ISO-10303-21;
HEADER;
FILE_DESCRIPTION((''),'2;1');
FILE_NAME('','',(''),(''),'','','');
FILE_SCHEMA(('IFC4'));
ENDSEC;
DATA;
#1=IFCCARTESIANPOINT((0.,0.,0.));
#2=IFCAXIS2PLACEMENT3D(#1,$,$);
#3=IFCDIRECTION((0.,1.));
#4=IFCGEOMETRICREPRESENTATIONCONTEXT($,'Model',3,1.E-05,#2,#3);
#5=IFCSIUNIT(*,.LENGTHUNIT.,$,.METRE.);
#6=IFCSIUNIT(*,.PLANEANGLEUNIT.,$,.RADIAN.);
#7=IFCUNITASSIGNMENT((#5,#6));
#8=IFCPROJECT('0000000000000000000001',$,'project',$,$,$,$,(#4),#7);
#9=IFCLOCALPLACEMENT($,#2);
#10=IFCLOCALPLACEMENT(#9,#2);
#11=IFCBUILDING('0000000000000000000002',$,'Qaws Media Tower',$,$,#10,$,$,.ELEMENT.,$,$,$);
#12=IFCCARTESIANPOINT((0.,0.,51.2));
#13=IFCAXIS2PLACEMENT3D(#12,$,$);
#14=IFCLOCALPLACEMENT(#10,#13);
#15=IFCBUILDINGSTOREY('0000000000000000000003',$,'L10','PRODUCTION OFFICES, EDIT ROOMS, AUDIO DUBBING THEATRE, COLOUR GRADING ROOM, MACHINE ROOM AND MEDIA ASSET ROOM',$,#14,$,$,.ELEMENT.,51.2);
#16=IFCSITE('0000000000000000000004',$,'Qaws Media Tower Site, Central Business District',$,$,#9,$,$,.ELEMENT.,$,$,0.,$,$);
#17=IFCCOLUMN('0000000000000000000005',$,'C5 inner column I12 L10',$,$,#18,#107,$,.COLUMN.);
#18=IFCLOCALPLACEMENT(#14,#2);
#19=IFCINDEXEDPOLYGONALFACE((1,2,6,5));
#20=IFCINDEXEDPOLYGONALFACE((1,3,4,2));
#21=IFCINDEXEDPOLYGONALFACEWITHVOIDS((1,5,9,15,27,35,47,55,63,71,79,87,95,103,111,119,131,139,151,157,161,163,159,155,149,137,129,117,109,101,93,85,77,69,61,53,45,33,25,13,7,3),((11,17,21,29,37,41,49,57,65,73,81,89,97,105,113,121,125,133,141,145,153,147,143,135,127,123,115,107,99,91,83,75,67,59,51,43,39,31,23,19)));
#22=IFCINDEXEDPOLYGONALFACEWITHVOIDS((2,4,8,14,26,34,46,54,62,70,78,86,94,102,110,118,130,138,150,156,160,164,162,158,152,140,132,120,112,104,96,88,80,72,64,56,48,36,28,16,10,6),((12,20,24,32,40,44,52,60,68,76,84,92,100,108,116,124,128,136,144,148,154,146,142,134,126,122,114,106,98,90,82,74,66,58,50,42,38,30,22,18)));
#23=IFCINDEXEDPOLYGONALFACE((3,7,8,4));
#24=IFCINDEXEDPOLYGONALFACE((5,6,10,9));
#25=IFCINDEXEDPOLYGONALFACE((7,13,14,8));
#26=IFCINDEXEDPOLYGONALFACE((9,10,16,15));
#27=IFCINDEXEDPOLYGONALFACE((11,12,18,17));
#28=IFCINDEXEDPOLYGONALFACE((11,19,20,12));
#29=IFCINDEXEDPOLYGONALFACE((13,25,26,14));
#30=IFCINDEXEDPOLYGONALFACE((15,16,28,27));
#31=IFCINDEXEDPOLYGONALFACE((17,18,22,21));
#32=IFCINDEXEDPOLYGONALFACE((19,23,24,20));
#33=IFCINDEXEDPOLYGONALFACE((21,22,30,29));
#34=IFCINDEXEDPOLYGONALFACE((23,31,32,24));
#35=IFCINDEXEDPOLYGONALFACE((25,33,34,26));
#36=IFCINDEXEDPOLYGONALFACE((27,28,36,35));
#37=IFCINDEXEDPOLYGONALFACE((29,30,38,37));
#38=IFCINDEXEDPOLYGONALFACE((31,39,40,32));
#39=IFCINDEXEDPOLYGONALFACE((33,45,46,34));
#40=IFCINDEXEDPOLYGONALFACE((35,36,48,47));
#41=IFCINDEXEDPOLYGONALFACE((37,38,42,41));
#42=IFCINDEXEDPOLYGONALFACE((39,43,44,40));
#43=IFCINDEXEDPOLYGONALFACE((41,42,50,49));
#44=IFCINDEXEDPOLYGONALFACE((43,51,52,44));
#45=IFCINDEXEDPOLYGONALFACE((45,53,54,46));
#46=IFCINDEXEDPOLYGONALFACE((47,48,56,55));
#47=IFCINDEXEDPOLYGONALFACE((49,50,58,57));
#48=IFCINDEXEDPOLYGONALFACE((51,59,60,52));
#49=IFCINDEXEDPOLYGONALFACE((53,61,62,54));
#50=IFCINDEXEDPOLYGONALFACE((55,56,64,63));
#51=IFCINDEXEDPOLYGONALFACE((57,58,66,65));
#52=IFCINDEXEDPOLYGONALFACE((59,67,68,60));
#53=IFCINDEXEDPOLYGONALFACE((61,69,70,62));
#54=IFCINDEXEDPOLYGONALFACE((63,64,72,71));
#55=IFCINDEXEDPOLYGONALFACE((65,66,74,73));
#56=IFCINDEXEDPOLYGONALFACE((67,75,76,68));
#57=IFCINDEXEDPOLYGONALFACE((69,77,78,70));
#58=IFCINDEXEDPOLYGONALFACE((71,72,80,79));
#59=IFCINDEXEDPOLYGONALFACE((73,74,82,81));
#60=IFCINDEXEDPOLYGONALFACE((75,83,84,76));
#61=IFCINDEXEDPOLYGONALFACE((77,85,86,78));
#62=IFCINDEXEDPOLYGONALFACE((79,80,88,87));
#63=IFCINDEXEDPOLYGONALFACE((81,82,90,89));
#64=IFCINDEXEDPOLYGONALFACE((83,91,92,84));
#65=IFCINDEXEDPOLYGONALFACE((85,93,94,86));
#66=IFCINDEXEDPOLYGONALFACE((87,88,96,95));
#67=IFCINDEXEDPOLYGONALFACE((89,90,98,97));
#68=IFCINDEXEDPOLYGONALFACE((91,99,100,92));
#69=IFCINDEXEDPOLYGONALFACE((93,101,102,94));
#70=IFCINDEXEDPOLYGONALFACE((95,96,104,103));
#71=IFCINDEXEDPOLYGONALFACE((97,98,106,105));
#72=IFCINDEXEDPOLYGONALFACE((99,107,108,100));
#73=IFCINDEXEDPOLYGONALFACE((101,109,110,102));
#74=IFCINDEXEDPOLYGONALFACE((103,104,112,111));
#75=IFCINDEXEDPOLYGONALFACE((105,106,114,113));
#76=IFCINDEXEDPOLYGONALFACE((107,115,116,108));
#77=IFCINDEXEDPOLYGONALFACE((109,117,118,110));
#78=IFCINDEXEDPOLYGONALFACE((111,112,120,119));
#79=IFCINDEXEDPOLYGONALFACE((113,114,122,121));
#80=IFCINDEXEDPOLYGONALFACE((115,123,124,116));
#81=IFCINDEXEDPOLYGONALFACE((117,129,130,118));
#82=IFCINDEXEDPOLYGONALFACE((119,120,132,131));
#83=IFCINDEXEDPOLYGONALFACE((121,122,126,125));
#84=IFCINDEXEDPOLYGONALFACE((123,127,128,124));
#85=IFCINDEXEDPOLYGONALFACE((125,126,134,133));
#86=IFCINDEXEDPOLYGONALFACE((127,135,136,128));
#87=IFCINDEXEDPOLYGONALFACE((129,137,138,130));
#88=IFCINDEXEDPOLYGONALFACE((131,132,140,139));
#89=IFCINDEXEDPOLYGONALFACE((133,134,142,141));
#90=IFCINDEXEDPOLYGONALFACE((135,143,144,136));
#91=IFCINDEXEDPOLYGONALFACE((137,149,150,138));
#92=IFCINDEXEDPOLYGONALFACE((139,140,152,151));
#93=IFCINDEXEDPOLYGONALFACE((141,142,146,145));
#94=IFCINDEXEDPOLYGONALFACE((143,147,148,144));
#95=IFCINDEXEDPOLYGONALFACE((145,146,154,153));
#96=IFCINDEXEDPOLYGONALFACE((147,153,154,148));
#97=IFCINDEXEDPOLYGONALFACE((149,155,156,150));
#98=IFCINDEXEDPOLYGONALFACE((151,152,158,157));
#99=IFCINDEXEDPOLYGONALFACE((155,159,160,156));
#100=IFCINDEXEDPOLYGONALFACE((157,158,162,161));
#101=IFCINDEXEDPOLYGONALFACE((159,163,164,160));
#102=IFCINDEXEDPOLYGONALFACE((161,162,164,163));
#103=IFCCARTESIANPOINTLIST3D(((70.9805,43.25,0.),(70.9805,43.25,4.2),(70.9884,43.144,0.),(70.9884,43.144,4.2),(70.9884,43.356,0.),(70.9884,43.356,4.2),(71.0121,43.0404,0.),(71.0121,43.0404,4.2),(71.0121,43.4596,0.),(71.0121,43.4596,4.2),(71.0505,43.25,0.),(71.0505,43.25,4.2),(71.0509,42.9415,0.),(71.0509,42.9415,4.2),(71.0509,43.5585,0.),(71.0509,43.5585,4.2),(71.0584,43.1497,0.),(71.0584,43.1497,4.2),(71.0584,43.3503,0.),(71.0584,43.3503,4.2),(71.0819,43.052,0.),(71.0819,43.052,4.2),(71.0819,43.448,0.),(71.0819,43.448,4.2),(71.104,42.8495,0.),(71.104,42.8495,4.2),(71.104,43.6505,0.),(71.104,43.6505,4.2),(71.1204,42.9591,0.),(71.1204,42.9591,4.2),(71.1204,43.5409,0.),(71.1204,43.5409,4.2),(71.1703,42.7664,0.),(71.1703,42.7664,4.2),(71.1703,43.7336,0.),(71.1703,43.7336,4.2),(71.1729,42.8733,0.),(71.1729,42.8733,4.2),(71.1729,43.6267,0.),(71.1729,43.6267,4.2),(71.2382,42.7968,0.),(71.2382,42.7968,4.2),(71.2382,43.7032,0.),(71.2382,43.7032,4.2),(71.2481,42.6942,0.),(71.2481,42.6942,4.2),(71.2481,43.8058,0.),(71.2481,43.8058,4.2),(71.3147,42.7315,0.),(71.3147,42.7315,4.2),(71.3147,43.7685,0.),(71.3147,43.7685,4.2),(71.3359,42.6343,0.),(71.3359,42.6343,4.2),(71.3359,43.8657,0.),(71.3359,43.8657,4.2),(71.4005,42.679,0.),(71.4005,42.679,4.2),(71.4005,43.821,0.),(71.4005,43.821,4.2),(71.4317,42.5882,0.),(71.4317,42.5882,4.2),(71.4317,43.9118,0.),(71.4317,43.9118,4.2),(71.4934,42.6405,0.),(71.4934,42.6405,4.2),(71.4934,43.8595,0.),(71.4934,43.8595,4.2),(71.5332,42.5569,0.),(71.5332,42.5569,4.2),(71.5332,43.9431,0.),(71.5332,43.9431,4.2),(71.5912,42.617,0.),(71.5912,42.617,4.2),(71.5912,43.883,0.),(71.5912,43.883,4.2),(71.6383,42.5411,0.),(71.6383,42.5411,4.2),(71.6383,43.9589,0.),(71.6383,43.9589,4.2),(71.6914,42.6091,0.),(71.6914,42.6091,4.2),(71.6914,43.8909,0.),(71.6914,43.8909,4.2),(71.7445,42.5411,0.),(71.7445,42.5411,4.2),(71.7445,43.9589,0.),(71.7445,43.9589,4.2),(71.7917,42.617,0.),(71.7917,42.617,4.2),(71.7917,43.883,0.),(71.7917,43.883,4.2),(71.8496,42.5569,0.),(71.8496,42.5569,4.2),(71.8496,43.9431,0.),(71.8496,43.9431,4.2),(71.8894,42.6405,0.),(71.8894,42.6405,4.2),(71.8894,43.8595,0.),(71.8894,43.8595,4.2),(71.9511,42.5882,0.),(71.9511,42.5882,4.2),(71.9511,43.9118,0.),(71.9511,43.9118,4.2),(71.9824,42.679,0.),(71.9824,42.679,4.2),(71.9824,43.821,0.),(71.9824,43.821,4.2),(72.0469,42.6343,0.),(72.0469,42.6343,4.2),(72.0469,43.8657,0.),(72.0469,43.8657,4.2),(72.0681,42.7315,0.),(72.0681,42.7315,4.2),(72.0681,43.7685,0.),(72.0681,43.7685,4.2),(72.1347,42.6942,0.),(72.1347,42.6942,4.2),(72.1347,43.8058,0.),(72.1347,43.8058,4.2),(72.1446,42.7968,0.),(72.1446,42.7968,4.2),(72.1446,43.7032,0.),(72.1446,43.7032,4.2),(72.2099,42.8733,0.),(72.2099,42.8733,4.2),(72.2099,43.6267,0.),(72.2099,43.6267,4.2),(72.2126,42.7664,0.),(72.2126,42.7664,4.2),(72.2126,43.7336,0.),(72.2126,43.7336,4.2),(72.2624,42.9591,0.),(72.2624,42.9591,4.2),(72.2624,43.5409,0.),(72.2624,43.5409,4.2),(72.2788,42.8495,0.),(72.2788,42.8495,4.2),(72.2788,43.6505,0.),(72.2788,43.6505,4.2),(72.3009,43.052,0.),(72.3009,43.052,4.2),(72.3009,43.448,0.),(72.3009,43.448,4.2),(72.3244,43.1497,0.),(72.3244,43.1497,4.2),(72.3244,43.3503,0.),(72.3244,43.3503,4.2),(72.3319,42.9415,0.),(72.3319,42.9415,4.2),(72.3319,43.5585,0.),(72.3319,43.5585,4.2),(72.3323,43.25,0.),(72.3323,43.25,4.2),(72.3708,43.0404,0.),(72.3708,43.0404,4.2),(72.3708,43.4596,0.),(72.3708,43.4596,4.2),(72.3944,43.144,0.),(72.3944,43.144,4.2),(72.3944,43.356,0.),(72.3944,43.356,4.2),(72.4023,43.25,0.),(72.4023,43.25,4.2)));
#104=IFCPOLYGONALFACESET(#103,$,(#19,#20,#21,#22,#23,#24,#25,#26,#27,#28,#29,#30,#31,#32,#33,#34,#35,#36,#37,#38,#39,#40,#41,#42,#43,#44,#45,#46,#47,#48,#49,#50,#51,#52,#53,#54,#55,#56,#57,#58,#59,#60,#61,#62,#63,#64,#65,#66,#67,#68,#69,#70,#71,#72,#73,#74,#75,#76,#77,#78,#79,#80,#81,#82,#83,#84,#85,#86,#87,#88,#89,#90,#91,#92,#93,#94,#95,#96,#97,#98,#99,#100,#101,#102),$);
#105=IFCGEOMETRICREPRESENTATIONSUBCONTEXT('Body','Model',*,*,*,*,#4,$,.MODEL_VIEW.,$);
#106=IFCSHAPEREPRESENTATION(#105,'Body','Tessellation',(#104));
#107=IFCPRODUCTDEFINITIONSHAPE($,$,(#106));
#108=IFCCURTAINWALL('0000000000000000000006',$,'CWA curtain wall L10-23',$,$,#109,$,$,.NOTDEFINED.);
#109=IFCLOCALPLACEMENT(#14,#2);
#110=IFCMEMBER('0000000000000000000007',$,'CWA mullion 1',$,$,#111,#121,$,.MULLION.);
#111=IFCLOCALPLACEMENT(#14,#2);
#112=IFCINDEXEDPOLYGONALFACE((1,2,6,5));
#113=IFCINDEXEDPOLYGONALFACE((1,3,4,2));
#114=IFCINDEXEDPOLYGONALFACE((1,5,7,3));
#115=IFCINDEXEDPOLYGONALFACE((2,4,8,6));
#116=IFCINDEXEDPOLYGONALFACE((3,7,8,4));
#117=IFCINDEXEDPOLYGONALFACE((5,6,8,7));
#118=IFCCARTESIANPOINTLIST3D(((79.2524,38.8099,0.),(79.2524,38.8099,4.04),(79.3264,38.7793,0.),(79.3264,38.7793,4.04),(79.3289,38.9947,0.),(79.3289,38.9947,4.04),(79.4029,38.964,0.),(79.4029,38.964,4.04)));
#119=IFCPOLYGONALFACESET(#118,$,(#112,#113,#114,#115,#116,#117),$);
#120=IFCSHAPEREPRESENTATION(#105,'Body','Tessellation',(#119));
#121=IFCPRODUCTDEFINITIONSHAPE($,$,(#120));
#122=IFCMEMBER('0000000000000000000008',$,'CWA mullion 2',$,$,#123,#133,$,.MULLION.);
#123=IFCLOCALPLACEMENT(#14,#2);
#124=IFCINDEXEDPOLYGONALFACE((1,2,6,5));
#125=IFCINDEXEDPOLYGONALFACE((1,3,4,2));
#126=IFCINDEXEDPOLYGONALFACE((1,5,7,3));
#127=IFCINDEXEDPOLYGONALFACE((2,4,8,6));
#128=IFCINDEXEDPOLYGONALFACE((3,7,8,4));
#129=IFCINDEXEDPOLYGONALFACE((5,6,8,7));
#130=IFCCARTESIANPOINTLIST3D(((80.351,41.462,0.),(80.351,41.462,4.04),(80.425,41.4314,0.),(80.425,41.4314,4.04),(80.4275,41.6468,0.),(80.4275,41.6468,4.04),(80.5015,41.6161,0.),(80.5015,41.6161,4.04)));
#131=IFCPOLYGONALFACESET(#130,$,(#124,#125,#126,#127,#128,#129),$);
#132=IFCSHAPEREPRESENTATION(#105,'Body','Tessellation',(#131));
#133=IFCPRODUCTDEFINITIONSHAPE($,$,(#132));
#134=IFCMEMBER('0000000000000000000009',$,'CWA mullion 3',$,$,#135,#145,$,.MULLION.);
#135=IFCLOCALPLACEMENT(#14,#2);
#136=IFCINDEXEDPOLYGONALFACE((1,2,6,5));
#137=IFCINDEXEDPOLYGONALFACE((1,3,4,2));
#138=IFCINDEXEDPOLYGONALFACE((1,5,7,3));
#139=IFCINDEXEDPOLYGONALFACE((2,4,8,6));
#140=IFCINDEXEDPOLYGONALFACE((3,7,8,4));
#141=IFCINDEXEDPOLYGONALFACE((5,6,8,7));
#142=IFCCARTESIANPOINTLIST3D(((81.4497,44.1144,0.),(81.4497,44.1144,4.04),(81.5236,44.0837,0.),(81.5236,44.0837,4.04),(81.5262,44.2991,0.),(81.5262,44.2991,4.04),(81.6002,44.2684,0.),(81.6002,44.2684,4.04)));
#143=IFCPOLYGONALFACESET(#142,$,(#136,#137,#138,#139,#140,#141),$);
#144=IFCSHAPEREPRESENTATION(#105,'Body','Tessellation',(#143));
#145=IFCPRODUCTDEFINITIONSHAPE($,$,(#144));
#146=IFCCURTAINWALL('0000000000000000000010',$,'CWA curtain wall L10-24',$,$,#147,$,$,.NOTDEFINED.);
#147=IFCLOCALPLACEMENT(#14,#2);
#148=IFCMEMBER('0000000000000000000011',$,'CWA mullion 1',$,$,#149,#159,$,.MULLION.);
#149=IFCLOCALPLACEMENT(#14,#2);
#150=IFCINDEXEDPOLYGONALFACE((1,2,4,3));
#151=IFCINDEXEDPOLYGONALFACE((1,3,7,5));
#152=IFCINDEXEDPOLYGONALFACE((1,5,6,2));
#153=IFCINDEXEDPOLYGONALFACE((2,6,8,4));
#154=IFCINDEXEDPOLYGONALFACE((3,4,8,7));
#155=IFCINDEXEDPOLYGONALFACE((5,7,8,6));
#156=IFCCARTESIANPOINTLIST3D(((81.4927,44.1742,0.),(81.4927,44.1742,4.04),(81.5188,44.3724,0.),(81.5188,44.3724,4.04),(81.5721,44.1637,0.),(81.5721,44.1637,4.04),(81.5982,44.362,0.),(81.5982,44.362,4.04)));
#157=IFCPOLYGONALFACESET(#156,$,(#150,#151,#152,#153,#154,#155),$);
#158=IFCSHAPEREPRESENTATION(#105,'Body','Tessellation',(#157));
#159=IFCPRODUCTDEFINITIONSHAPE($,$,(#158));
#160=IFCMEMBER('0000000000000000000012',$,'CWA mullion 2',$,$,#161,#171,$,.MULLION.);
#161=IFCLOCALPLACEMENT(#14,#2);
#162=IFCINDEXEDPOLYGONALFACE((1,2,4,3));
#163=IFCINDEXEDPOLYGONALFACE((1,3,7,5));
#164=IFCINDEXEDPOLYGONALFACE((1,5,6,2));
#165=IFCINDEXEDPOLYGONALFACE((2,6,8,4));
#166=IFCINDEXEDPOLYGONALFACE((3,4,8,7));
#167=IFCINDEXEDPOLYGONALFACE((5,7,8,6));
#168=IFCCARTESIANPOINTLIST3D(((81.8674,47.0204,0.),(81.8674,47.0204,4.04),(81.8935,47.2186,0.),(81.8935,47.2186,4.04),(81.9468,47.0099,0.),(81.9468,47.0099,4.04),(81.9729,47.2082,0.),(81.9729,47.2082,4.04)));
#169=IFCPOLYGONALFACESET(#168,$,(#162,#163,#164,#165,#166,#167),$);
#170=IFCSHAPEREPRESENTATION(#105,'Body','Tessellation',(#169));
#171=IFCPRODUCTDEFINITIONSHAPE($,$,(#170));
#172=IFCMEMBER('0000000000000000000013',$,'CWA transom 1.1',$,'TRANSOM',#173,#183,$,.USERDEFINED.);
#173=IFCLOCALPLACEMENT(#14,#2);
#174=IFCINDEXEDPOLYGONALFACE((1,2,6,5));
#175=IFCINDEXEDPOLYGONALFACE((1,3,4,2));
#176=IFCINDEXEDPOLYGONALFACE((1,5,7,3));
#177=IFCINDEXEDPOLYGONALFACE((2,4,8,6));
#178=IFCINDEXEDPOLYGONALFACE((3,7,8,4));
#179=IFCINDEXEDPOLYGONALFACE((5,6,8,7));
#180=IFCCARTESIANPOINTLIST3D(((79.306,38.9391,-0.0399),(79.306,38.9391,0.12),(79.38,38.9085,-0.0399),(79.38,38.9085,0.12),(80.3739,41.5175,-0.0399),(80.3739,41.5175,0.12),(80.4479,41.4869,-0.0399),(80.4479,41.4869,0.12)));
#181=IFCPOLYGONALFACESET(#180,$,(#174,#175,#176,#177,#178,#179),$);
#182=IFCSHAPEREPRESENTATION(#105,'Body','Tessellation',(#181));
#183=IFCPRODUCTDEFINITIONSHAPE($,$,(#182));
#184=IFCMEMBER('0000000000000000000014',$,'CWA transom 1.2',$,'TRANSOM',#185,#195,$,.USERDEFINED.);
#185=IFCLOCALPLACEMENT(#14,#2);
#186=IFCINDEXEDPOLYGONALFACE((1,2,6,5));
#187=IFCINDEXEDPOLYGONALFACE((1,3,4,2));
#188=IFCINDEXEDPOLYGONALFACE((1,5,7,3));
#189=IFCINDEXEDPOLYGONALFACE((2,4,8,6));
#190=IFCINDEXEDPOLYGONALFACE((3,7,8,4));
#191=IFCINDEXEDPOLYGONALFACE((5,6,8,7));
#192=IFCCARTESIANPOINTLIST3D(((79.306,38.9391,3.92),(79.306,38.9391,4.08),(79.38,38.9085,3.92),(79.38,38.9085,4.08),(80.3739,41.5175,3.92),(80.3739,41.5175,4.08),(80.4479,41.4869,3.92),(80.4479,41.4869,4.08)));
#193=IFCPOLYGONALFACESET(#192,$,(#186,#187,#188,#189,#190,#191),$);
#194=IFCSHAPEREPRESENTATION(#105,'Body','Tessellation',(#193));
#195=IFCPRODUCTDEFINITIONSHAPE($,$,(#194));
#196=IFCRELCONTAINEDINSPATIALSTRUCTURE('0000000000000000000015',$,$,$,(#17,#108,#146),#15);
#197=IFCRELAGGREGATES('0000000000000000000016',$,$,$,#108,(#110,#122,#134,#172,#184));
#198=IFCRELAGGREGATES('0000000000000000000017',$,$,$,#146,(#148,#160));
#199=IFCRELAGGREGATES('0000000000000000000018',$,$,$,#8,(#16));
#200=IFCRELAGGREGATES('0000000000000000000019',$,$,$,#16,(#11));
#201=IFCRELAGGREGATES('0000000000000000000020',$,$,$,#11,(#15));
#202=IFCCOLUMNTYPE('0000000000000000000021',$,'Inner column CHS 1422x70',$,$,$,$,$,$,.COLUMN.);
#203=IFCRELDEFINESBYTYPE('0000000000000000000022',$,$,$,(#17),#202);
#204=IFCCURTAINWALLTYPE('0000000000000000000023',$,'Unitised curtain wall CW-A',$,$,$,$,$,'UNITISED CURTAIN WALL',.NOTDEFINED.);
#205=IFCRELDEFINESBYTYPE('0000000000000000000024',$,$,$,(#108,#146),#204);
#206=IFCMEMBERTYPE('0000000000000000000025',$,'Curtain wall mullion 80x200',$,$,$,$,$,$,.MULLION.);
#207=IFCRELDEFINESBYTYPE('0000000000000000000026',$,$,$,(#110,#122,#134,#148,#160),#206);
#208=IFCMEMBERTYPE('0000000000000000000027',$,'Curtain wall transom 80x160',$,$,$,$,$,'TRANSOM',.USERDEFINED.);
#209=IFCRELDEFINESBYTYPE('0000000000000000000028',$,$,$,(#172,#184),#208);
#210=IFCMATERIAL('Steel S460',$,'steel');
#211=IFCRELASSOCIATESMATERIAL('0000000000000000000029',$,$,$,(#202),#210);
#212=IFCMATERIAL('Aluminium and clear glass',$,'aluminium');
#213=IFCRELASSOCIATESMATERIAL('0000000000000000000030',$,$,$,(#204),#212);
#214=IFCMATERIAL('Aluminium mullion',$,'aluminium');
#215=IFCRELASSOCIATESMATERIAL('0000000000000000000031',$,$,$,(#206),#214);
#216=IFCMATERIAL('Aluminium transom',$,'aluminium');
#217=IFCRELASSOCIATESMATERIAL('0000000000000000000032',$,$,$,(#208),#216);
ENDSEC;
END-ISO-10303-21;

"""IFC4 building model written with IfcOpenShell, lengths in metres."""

from ifc_helpers import new_model, si_unit, direction, frame, origin, origin_2d, place, context, subcontext, project, spatial, rectangle, hollow_circle, extrude, material, material_profile, profile_set, type_object, element, aggregate, save


model = new_model("IFC4")

# Units and contexts
model_context = context("Model", 3, precision=1e-05, world=origin(), true_north=direction((0.0, 1.0)))
body_context = subcontext(model_context, "Body", "Model", "MODEL_VIEW")
ifc_project = project(units=[si_unit("LENGTHUNIT", "METRE"), si_unit("PLANEANGLEUNIT", "RADIAN")], contexts=[model_context])

# Site, building, storey
site_placement = place(None, origin())
site = spatial("IfcSite", under=ifc_project, at=site_placement, Name="Qaws Media Tower Site, Central Business District", CompositionType="ELEMENT", RefElevation=0.0)
building_placement = place(site_placement, origin())
building = spatial("IfcBuilding", under=site, at=building_placement, Name="Qaws Media Tower", CompositionType="ELEMENT")
storey_placement = place(building_placement, frame((0.0, 0.0, 51.2)))
storey = spatial("IfcBuildingStorey", under=building, at=storey_placement, Name="L10", Description="PRODUCTION OFFICES, EDIT ROOMS, AUDIO DUBBING THEATRE, COLOUR GRADING ROOM, MACHINE ROOM AND MEDIA ASSET ROOM", CompositionType="ELEMENT", Elevation=51.2)

# Column
ifc_material_1 = material(Name="Steel S460", Category="steel")
ifc_material_profile_1 = material_profile(ifc_material_1, hollow_circle(Radius=0.7109, WallThickness=0.0701, at=origin_2d()), Name="CHS 1422x70")
ifc_profile_set_1 = profile_set([ifc_material_profile_1], Name="Steel S460")
column_type = type_object("IfcColumnType", Name="Inner column CHS 1422x70", PredefinedType="COLUMN", material=ifc_profile_set_1)
column_placement = place(storey_placement, frame((71.6914, 43.25, 0.0), z_axis=(0.0, 0.0, 1.0), x_axis=(1.0, 0.0, 0.0)))
element("IfcColumn", 1, at=column_placement, inside=storey, type_object=column_type, Name="C5 inner column I12 L10", PredefinedType="COLUMN", context=body_context, shape_type="SweptSolid", body=[
    extrude(hollow_circle(Radius=0.7109, WallThickness=0.0701, at=origin_2d()), origin(), (0.0, 0.0, 1.0), 4.2),
])

# Curtain walls, members
ifc_material_2 = material(Name="Aluminium and clear glass", Category="aluminium")
curtain_wall_type = type_object("IfcCurtainWallType", Name="Unitised curtain wall CW-A", ElementType="UNITISED CURTAIN WALL", PredefinedType="NOTDEFINED", material=ifc_material_2)
curtain_wall_1_placement = place(storey_placement, origin())
curtain_wall_1 = element("IfcCurtainWall", 2, at=curtain_wall_1_placement, inside=storey, type_object=curtain_wall_type, Name="CWA curtain wall L10-23", PredefinedType="NOTDEFINED")
ifc_material_3 = material(Name="Aluminium mullion", Category="aluminium")
ifc_material_profile_2 = material_profile(ifc_material_3, rectangle(XDim=0.0801, YDim=0.2, at=origin_2d()), Name="80x200")
ifc_profile_set_2 = profile_set([ifc_material_profile_2], Name="Aluminium mullion")
member_type_1 = type_object("IfcMemberType", Name="Curtain wall mullion 80x200", PredefinedType="MULLION", material=ifc_profile_set_2)
member_1_placement = place(storey_placement, frame((79.3276, 38.887, 0.0), z_axis=(0.0, 0.0, 1.0), x_axis=(-0.92388, 0.382683, 0.0)))
member_1 = element("IfcMember", 3, at=member_1_placement, type_object=member_type_1, Name="CWA mullion 1", PredefinedType="MULLION", context=body_context, shape_type="SweptSolid", body=[
    extrude(rectangle(XDim=0.0801, YDim=0.2, at=origin_2d()), origin(), (0.0, 0.0, 1.0), 4.04),
])
member_2_placement = place(storey_placement, frame((80.4263, 41.5391, 0.0), z_axis=(0.0, 0.0, 1.0), x_axis=(-0.92388, 0.382683, 0.0)))
member_2 = element("IfcMember", 4, at=member_2_placement, type_object=member_type_1, Name="CWA mullion 2", PredefinedType="MULLION", context=body_context, shape_type="SweptSolid", body=[
    extrude(rectangle(XDim=0.0801, YDim=0.2, at=origin_2d()), origin(), (0.0, 0.0, 1.0), 4.04),
])
member_3_placement = place(storey_placement, frame((81.5249, 44.1914, 0.0), z_axis=(0.0, 0.0, 1.0), x_axis=(-0.92388, 0.382683, 0.0)))
member_3 = element("IfcMember", 5, at=member_3_placement, type_object=member_type_1, Name="CWA mullion 3", PredefinedType="MULLION", context=body_context, shape_type="SweptSolid", body=[
    extrude(rectangle(XDim=0.0801, YDim=0.2, at=origin_2d()), origin(), (0.0, 0.0, 1.0), 4.04),
])
curtain_wall_2_placement = place(storey_placement, origin())
curtain_wall_2 = element("IfcCurtainWall", 6, at=curtain_wall_2_placement, inside=storey, type_object=curtain_wall_type, Name="CWA curtain wall L10-24", PredefinedType="NOTDEFINED")
member_4_placement = place(storey_placement, frame((81.5454, 44.2681, 0.0), z_axis=(0.0, 0.0, 1.0), x_axis=(-0.991445, 0.130526, 0.0)))
member_4 = element("IfcMember", 7, at=member_4_placement, type_object=member_type_1, Name="CWA mullion 1", PredefinedType="MULLION", context=body_context, shape_type="SweptSolid", body=[
    extrude(rectangle(XDim=0.0801, YDim=0.2, at=origin_2d()), origin(), (0.0, 0.0, 1.0), 4.04),
])
member_5_placement = place(storey_placement, frame((81.9202, 47.1143, 0.0), z_axis=(0.0, 0.0, 1.0), x_axis=(-0.991445, 0.130526, 0.0)))
member_5 = element("IfcMember", 8, at=member_5_placement, type_object=member_type_1, Name="CWA mullion 2", PredefinedType="MULLION", context=body_context, shape_type="SweptSolid", body=[
    extrude(rectangle(XDim=0.0801, YDim=0.2, at=origin_2d()), origin(), (0.0, 0.0, 1.0), 4.04),
])

# Members
ifc_material_4 = material(Name="Aluminium transom", Category="aluminium")
ifc_material_profile_3 = material_profile(ifc_material_4, rectangle(XDim=0.0801, YDim=0.1599, at=origin_2d()), Name="80x160")
ifc_profile_set_3 = profile_set([ifc_material_profile_3], Name="Aluminium transom")
member_type_2 = type_object("IfcMemberType", Name="Curtain wall transom 80x160", ElementType="TRANSOM", PredefinedType="USERDEFINED", material=ifc_profile_set_3)
member_6_placement = place(storey_placement, frame((79.343, 38.9238, 0.04), z_axis=(0.382645, 0.923895, 0.0), x_axis=(-0.923895, 0.382645, 0.0)))
member_6 = element("IfcMember", 9, at=member_6_placement, type_object=member_type_2, Name="CWA transom 1.1", ObjectType="TRANSOM", PredefinedType="USERDEFINED", context=body_context, shape_type="SweptSolid", body=[
    extrude(rectangle(XDim=0.0801, YDim=0.1599, at=origin_2d()), origin(), (0.0, 0.0, 1.0), 2.7908),
])
member_7_placement = place(storey_placement, frame((79.343, 38.9238, 4.0), z_axis=(0.382645, 0.923895, 0.0), x_axis=(-0.923895, 0.382645, 0.0)))
member_7 = element("IfcMember", 10, at=member_7_placement, type_object=member_type_2, Name="CWA transom 1.2", ObjectType="TRANSOM", PredefinedType="USERDEFINED", context=body_context, shape_type="SweptSolid", body=[
    extrude(rectangle(XDim=0.0801, YDim=0.1599, at=origin_2d()), origin(), (0.0, 0.0, 1.0), 2.7908),
])

aggregate(curtain_wall_1, [member_1, member_2, member_3, member_6, member_7])
aggregate(curtain_wall_2, [member_4, member_5])

save(model, "model.ifc")
